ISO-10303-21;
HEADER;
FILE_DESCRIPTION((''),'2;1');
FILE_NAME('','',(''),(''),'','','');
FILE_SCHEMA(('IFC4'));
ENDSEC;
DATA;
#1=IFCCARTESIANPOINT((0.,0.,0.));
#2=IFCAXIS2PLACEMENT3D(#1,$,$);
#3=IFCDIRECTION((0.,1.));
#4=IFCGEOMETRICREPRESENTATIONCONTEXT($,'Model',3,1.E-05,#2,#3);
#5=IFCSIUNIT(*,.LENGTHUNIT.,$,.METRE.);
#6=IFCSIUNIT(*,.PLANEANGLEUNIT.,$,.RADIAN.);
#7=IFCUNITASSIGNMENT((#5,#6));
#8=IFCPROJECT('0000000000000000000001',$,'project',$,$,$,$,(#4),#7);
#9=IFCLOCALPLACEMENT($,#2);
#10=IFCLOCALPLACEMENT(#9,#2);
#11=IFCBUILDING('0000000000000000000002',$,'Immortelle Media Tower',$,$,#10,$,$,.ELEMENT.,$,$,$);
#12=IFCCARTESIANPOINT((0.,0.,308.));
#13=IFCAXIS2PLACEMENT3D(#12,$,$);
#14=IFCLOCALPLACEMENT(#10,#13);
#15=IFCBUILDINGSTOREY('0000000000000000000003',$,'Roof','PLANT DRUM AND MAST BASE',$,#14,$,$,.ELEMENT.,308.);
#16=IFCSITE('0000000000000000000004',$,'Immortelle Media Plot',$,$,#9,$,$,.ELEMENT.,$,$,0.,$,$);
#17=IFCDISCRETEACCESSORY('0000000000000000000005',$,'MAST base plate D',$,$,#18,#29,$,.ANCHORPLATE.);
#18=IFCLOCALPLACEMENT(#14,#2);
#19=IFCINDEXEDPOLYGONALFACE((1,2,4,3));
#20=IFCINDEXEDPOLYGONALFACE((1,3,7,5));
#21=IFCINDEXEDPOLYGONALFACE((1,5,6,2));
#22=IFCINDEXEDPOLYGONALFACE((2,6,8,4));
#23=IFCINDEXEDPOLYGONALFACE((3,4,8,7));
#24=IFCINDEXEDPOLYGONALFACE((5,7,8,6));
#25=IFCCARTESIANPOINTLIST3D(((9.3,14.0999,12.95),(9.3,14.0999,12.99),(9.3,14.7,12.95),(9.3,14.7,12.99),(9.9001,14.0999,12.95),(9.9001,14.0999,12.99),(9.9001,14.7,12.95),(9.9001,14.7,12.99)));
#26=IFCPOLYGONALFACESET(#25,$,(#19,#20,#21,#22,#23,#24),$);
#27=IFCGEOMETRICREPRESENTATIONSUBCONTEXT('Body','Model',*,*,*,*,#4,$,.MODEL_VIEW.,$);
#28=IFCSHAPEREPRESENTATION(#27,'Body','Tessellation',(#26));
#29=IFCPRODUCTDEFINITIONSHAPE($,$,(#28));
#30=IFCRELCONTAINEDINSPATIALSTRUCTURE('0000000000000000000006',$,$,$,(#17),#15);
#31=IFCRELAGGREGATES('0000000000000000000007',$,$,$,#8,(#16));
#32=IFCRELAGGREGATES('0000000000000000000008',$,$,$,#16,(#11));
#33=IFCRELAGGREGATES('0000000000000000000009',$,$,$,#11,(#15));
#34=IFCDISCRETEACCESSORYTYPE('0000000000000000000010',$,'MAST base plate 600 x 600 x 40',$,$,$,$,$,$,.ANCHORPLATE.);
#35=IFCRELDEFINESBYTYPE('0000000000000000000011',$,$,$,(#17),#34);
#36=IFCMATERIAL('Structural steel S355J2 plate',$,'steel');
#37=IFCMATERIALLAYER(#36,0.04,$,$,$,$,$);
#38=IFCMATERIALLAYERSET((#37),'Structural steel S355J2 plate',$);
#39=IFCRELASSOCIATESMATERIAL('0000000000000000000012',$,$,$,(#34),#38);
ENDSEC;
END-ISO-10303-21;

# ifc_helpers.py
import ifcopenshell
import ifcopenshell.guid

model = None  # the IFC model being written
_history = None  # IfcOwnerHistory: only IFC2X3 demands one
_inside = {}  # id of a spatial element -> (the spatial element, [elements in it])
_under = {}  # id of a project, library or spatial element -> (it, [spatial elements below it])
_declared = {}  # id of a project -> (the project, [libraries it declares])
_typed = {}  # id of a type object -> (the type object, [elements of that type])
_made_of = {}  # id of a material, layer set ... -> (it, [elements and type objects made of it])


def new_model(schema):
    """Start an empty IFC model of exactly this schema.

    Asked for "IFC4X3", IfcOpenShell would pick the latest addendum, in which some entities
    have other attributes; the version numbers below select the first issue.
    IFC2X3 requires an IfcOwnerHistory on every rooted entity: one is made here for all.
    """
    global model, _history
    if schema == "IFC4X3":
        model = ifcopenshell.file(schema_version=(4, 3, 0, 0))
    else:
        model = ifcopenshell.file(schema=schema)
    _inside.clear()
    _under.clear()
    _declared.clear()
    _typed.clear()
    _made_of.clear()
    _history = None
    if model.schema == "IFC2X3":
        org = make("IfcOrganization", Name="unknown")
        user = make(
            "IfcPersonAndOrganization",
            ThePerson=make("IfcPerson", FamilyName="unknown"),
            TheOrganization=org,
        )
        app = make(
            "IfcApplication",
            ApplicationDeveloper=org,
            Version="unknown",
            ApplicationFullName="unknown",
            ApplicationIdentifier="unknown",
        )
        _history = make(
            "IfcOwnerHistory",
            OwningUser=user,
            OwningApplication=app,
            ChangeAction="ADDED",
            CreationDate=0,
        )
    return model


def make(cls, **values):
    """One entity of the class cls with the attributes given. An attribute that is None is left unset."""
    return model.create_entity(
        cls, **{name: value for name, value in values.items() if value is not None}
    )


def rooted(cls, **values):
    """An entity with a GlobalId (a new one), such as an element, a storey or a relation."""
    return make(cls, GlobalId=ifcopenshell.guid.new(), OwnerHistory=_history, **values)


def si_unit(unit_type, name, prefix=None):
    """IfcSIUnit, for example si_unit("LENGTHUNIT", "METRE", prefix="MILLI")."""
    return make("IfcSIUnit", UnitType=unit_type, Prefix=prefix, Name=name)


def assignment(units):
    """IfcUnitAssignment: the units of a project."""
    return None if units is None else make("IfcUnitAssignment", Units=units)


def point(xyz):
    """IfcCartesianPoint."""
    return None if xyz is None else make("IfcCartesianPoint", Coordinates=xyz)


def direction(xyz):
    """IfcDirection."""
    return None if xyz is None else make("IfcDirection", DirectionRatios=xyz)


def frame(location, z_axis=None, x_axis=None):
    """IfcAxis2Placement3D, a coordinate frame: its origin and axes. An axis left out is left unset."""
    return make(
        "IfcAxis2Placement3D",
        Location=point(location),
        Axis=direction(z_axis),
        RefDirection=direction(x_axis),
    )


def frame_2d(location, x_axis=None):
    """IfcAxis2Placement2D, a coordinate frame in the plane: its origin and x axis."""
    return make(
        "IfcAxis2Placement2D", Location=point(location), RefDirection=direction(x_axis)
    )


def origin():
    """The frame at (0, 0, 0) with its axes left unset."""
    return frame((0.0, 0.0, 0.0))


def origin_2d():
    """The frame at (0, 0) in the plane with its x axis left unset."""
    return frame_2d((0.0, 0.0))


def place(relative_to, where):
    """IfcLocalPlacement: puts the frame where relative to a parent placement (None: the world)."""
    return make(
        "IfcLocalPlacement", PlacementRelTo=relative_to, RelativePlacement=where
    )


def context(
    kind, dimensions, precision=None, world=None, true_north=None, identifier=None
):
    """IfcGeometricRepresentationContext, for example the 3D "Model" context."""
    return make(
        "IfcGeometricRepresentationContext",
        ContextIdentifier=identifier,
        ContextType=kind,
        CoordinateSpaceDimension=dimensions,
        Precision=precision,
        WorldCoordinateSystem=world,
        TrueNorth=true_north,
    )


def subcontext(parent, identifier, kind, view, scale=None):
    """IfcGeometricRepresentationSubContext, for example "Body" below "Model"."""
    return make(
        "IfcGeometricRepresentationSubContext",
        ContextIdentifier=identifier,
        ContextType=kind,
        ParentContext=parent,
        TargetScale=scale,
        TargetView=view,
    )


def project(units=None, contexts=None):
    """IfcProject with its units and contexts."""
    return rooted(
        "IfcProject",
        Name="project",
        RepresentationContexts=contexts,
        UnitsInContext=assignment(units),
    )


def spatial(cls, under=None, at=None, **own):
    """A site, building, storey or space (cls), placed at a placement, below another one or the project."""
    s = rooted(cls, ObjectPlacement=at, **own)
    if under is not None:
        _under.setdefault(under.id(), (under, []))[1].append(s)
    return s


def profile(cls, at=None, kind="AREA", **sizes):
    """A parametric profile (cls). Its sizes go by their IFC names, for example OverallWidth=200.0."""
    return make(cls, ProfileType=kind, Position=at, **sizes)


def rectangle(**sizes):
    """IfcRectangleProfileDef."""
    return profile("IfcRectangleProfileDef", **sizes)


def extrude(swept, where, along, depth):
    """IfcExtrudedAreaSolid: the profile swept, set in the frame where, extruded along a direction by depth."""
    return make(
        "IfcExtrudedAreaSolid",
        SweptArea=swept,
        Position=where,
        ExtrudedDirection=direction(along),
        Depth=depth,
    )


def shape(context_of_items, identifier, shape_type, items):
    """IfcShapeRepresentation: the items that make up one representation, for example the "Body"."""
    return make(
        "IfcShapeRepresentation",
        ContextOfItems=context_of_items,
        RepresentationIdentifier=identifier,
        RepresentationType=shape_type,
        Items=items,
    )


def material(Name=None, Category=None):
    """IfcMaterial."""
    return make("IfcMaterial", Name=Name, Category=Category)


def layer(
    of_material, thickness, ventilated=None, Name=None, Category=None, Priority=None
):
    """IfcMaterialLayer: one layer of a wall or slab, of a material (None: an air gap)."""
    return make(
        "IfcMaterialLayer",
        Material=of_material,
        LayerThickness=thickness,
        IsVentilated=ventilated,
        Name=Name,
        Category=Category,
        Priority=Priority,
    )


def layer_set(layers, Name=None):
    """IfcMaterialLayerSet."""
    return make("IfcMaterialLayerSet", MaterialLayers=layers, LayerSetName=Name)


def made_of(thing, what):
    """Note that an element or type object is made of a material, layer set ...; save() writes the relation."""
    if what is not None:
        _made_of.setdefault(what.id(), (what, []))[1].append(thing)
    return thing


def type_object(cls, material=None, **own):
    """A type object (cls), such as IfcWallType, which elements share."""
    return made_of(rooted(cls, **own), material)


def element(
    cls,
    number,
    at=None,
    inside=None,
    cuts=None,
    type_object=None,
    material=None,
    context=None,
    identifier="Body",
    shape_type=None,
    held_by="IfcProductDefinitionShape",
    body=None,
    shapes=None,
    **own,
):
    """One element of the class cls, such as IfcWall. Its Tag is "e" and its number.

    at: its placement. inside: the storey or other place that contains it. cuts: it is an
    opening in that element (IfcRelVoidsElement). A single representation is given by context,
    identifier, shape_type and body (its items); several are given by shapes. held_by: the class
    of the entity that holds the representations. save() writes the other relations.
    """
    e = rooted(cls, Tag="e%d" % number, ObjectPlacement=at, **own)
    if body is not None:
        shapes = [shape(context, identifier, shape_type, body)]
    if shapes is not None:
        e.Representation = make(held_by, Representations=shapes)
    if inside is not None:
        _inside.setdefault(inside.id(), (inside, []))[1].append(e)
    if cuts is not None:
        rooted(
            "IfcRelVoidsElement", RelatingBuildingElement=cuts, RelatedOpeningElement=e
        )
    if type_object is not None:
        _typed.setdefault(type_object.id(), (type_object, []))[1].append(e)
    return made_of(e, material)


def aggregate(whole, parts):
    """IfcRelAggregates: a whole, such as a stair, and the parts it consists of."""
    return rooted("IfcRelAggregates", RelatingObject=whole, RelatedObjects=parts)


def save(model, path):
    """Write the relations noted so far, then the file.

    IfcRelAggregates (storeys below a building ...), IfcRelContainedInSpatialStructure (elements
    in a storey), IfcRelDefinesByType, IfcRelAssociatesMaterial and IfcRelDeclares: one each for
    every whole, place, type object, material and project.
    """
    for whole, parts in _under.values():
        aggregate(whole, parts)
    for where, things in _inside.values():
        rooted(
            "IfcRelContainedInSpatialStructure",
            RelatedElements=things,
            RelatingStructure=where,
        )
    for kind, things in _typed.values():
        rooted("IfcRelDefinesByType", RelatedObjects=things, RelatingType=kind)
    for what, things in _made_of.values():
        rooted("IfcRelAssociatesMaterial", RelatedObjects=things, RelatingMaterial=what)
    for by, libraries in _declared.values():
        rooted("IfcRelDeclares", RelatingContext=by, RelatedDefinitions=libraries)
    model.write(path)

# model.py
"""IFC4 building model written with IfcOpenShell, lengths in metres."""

from ifc_helpers import new_model, si_unit, direction, frame, origin, origin_2d, place, context, subcontext, project, spatial, rectangle, extrude, material, layer, layer_set, type_object, element, save


model = new_model("IFC4")

# Units and contexts
model_context = context("Model", 3, precision=1e-05, world=origin(), true_north=direction((0.0, 1.0)))
body_context = subcontext(model_context, "Body", "Model", "MODEL_VIEW")
ifc_project = project(units=[si_unit("LENGTHUNIT", "METRE"), si_unit("PLANEANGLEUNIT", "RADIAN")], contexts=[model_context])

# Site, building, storey
site_placement = place(None, origin())
site = spatial("IfcSite", under=ifc_project, at=site_placement, Name="Immortelle Media Plot", CompositionType="ELEMENT", RefElevation=0.0)
building_placement = place(site_placement, origin())
building = spatial("IfcBuilding", under=site, at=building_placement, Name="Immortelle Media Tower", CompositionType="ELEMENT")
storey_placement = place(building_placement, frame((0.0, 0.0, 308.0)))
storey = spatial("IfcBuildingStorey", under=building, at=storey_placement, Name="Roof", Description="PLANT DRUM AND MAST BASE", CompositionType="ELEMENT", Elevation=308.0)

# Discrete accessory
ifc_material_1 = material(Name="Structural steel S355J2 plate", Category="steel")
ifc_layer_1 = layer(ifc_material_1, 0.04)
ifc_layer_set_1 = layer_set([ifc_layer_1], Name="Structural steel S355J2 plate")
discrete_accessory_type_1 = type_object("IfcDiscreteAccessoryType", Name="MAST base plate 600 x 600 x 40", PredefinedType="ANCHORPLATE", material=ifc_layer_set_1)
discrete_accessory_1_placement = place(storey_placement, frame((9.6001, 14.3999, 12.95), z_axis=(0.0, 0.0, 1.0), x_axis=(1.0, 0.0, 0.0)))
element("IfcDiscreteAccessory", 1, at=discrete_accessory_1_placement, inside=storey, type_object=discrete_accessory_type_1, Name="MAST base plate D", PredefinedType="ANCHORPLATE", context=body_context, shape_type="SweptSolid", body=[
    extrude(rectangle(XDim=0.6001, YDim=0.6001, at=origin_2d()), origin(), (0.0, 0.0, 1.0), 0.04),
])

save(model, "model.ifc")
